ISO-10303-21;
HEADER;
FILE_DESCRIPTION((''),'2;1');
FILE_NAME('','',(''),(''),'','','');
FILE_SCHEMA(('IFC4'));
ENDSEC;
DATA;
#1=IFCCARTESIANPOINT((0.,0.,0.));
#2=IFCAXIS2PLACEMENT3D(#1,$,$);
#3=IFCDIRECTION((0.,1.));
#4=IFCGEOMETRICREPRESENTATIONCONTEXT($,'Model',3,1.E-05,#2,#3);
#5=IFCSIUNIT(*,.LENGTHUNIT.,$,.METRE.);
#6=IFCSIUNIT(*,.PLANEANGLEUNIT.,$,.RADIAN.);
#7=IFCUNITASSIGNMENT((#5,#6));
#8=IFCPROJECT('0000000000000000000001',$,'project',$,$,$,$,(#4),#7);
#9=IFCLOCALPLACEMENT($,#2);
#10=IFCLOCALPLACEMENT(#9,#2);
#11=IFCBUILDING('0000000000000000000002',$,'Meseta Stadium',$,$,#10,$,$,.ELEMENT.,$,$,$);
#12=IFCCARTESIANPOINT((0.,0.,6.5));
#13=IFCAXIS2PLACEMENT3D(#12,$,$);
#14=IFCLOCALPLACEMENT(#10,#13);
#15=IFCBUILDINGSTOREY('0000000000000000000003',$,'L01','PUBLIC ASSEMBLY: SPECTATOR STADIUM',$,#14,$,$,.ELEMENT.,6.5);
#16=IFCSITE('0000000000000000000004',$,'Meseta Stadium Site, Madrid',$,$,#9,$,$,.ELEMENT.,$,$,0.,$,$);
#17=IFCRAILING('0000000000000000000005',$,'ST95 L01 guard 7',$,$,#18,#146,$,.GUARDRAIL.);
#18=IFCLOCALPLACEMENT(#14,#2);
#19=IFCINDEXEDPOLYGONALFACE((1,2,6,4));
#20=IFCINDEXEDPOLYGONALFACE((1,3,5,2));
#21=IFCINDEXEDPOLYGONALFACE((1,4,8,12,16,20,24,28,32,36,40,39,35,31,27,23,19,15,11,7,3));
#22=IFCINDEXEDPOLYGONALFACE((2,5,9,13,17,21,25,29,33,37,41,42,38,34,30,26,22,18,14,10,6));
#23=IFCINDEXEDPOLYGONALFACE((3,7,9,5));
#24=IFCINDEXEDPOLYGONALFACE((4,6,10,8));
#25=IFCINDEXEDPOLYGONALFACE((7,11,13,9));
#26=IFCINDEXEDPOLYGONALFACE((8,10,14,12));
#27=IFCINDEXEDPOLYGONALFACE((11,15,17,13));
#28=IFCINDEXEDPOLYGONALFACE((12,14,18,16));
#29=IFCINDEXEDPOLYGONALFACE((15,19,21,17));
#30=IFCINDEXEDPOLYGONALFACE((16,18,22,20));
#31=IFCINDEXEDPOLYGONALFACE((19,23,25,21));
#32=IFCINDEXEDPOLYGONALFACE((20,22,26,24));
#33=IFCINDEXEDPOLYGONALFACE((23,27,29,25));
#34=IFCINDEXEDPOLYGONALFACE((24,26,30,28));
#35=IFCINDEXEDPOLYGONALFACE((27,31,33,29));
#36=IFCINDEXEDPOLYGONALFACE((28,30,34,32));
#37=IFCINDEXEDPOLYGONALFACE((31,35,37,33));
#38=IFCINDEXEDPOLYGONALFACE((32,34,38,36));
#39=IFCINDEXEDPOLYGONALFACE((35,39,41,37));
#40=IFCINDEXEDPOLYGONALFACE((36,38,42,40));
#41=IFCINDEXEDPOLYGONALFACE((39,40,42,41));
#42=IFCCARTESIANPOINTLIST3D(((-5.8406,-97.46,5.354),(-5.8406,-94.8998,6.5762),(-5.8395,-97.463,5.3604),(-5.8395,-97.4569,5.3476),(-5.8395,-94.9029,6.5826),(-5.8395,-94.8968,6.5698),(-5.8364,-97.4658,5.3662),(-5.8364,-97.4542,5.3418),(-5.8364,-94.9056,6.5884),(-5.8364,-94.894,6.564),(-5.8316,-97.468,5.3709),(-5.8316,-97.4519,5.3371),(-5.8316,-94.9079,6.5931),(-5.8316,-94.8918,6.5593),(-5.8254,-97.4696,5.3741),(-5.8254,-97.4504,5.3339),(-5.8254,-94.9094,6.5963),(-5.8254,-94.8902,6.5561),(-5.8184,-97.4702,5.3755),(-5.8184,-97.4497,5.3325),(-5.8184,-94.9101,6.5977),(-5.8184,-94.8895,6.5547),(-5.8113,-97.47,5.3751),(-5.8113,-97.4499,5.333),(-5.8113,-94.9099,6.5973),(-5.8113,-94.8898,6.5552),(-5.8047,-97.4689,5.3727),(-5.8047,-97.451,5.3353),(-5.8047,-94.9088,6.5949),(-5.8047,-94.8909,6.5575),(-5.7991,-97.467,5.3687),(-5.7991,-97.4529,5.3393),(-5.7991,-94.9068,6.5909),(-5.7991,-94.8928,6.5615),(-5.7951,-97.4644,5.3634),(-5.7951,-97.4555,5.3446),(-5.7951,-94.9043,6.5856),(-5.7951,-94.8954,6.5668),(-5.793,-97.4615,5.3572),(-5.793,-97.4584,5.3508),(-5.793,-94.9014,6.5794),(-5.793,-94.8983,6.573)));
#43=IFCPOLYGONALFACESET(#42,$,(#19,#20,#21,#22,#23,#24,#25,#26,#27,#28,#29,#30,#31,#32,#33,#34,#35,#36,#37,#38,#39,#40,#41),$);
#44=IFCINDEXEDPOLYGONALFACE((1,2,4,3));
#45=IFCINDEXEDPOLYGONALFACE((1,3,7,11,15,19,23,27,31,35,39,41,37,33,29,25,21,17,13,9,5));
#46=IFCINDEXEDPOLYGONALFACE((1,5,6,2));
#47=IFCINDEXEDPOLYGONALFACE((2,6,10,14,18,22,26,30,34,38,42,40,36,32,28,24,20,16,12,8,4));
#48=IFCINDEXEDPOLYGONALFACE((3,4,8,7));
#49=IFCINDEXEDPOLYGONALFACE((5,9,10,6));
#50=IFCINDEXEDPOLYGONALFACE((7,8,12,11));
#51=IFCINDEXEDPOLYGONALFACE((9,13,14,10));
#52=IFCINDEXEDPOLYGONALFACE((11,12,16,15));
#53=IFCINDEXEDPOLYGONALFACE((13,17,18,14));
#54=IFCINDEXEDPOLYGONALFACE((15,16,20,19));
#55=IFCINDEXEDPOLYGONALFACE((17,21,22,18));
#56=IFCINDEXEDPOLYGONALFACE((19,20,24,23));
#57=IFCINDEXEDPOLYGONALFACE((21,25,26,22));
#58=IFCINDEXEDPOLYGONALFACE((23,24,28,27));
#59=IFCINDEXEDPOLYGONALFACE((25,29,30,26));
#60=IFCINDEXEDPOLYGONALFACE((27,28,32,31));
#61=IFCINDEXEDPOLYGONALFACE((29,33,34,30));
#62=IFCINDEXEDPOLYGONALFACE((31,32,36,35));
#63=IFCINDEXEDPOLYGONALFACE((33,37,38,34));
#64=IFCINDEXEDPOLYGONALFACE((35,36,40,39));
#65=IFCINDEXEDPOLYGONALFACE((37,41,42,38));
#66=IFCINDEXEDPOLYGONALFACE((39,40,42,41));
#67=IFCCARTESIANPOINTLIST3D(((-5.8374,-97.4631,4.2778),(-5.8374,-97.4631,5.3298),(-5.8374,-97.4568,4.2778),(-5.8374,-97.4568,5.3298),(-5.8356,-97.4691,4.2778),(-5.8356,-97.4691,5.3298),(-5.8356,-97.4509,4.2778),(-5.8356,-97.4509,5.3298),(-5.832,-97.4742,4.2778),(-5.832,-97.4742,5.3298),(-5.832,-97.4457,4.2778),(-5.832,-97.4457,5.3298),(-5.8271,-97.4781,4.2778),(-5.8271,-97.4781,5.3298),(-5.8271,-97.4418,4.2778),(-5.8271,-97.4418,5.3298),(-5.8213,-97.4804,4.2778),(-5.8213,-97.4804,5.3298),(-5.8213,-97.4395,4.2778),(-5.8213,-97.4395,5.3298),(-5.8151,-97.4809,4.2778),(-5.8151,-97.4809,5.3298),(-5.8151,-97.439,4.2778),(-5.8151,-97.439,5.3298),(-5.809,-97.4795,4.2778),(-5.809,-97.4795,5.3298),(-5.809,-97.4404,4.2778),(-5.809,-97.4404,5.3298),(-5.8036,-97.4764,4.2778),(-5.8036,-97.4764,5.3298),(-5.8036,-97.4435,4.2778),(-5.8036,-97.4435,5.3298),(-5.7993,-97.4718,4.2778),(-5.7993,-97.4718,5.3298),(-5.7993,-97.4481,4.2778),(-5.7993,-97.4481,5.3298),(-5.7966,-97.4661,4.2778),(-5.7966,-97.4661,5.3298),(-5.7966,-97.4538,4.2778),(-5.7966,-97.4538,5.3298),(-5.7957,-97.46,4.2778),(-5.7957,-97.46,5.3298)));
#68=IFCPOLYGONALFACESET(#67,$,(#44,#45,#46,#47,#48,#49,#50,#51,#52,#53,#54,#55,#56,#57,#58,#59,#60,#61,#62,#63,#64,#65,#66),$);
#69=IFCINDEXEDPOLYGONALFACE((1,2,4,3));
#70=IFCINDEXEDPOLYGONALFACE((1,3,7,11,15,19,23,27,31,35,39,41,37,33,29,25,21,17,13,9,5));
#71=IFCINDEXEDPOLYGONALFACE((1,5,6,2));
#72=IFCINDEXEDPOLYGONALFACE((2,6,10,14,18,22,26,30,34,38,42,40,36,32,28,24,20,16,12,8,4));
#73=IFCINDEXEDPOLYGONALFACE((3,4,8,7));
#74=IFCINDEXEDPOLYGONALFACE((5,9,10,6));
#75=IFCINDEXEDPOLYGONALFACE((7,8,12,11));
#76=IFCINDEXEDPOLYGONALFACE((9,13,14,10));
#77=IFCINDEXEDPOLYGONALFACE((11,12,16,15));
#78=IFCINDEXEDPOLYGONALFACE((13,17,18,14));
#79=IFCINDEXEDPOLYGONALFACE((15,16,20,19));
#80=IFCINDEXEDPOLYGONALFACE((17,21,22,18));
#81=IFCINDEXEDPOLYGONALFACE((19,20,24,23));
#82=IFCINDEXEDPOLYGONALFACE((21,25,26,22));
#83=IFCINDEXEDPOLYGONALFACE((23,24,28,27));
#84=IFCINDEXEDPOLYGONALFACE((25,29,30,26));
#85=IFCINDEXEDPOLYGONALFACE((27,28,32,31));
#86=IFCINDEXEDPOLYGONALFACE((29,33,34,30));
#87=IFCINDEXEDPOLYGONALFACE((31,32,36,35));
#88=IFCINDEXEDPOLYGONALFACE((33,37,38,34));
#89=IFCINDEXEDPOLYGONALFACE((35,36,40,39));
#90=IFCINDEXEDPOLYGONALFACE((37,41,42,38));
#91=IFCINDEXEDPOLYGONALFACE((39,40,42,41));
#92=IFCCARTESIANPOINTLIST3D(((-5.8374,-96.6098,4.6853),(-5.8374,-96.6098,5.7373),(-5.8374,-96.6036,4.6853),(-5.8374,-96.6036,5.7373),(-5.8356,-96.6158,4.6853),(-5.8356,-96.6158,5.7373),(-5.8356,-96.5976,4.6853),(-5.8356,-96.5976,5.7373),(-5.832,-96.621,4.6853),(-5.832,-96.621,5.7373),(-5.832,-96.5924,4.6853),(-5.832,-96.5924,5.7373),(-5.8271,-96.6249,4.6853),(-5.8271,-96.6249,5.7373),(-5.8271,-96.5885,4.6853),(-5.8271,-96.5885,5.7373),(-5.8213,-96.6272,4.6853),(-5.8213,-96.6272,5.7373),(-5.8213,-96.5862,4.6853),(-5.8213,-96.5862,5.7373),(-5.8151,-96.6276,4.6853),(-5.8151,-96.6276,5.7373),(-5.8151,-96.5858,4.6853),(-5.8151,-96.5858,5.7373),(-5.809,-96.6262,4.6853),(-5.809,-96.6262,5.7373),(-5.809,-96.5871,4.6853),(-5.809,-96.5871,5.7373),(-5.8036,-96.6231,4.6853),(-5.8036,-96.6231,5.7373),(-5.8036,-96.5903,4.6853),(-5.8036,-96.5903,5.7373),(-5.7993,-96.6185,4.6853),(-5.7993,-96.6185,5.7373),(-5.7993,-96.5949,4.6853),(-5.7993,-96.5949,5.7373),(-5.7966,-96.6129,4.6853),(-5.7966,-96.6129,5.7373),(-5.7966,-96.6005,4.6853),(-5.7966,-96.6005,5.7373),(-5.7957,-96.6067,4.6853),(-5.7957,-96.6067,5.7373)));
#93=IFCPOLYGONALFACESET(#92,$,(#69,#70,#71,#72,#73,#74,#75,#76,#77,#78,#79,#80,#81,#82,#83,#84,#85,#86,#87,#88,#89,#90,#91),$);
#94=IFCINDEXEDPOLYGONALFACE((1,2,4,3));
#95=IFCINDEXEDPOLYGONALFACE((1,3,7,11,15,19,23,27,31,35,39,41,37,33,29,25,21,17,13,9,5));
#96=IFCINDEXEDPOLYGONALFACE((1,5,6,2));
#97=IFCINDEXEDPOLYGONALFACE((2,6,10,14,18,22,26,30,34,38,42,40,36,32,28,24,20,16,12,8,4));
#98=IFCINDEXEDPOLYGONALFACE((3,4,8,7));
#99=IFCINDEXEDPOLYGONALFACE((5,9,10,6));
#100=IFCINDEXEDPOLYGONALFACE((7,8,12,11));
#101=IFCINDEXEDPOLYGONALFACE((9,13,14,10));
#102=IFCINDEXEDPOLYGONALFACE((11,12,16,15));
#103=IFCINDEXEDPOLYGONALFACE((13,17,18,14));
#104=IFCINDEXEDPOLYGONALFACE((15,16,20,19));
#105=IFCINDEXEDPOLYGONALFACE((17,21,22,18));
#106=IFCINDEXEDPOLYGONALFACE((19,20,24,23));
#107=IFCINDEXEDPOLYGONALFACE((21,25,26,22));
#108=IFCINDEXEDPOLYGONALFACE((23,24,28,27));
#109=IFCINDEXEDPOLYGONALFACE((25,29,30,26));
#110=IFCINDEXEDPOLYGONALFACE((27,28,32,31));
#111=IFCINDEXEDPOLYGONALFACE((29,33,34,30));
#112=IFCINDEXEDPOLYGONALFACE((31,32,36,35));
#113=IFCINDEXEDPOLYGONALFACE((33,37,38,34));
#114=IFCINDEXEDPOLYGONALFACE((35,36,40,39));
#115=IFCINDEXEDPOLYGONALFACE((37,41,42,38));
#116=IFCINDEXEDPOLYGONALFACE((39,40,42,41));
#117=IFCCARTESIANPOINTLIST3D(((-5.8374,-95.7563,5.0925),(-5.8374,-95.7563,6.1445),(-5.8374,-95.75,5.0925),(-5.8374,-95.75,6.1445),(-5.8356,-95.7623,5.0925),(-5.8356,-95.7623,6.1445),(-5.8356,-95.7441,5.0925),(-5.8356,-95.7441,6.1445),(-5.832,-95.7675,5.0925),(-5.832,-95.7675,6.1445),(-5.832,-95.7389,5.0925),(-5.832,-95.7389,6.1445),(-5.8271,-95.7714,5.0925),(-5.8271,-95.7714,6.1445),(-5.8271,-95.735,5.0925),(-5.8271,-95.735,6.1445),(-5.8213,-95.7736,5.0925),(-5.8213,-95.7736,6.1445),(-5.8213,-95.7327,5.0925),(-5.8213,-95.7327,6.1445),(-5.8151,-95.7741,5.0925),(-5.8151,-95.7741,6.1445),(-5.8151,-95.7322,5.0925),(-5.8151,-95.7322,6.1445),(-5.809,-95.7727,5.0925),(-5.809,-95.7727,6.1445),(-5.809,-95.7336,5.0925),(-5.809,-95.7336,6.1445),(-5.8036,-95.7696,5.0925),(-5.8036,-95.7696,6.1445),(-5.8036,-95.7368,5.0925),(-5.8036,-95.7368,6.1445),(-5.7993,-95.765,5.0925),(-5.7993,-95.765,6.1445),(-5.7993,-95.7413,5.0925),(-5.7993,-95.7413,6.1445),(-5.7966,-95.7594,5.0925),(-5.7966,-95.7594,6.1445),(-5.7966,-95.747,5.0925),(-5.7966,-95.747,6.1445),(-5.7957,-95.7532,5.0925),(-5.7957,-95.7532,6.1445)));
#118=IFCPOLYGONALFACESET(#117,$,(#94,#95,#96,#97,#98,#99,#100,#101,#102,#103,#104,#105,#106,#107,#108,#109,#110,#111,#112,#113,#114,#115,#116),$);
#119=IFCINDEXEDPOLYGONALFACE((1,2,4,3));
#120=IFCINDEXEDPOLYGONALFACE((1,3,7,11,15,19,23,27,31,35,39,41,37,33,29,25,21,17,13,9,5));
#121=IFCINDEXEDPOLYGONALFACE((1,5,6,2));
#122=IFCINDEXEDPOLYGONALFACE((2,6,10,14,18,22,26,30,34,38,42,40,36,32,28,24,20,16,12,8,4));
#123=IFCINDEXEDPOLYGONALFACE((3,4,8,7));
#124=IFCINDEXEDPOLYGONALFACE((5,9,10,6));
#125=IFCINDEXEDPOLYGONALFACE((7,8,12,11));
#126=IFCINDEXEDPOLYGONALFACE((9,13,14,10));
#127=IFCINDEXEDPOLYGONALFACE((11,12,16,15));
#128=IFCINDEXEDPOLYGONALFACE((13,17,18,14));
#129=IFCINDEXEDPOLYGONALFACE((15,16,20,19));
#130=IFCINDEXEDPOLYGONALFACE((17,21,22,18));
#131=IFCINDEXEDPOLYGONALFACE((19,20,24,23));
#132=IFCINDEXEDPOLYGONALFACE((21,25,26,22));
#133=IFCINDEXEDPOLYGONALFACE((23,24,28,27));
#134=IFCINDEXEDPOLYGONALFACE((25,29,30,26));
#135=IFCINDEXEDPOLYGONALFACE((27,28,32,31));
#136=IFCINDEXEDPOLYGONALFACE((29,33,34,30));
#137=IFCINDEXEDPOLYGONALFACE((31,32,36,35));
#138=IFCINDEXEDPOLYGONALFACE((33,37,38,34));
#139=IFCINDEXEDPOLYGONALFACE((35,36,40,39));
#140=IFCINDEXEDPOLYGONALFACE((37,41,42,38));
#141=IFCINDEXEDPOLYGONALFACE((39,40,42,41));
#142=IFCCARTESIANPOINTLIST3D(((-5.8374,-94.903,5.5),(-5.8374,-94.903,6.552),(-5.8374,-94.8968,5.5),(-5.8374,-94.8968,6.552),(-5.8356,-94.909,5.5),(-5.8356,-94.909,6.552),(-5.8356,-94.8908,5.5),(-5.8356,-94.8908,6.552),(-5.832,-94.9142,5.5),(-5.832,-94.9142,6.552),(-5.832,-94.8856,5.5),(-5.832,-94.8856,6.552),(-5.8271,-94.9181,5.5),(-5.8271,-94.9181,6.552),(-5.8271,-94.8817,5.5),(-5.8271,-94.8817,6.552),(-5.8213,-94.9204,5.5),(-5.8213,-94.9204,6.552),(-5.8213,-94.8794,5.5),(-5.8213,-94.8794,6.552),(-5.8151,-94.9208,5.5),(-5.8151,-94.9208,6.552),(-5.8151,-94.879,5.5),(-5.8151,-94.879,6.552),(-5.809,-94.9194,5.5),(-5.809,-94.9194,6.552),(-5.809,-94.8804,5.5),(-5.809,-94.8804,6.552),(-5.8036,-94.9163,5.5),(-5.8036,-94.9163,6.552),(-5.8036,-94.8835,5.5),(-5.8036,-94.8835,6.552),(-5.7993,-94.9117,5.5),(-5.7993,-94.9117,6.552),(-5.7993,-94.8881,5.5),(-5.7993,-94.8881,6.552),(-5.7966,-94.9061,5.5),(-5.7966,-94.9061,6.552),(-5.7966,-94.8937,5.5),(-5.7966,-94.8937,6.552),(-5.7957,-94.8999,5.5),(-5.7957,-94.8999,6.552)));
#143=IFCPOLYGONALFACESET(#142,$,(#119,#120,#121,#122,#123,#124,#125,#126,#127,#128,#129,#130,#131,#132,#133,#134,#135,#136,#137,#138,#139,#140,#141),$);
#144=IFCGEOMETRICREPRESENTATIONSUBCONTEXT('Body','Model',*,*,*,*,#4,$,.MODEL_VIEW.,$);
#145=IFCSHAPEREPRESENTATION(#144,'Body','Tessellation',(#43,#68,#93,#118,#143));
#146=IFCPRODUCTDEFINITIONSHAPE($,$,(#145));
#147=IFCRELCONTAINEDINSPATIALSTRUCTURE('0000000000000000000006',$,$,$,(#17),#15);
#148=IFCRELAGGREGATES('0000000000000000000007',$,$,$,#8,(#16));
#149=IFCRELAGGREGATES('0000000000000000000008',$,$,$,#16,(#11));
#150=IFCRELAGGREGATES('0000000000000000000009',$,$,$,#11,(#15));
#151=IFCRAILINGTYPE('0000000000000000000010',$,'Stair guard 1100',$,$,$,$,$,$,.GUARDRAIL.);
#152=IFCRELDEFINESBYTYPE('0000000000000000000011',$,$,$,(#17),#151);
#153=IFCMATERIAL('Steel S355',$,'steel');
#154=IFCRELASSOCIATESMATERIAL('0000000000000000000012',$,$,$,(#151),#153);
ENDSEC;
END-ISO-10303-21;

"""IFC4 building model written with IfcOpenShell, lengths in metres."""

from ifc_helpers import new_model, si_unit, direction, frame, origin, origin_2d, place, context, subcontext, project, spatial, circle, extrude, material, type_object, element, save


model = new_model("IFC4")

# Units and contexts
model_context = context("Model", 3, precision=1e-05, world=origin(), true_north=direction((0.0, 1.0)))
body_context = subcontext(model_context, "Body", "Model", "MODEL_VIEW")
ifc_project = project(units=[si_unit("LENGTHUNIT", "METRE"), si_unit("PLANEANGLEUNIT", "RADIAN")], contexts=[model_context])

# Site, building, storey
site_placement = place(None, origin())
site = spatial("IfcSite", under=ifc_project, at=site_placement, Name="Meseta Stadium Site, Madrid", CompositionType="ELEMENT", RefElevation=0.0)
building_placement = place(site_placement, origin())
building = spatial("IfcBuilding", under=site, at=building_placement, Name="Meseta Stadium", CompositionType="ELEMENT")
storey_placement = place(building_placement, frame((0.0, 0.0, 6.5)))
storey = spatial("IfcBuildingStorey", under=building, at=storey_placement, Name="L01", Description="PUBLIC ASSEMBLY: SPECTATOR STADIUM", CompositionType="ELEMENT", Elevation=6.5)

# Railing
ifc_material_1 = material(Name="Steel S355", Category="steel")
railing_type_1 = type_object("IfcRailingType", Name="Stair guard 1100", PredefinedType="GUARDRAIL", material=ifc_material_1)
railing_1_placement = place(storey_placement, frame((-5.8167, -97.46, 4.2778)))
element("IfcRailing", 1, at=railing_1_placement, inside=storey, type_object=railing_type_1, Name="ST95 L01 guard 7", PredefinedType="GUARDRAIL", context=body_context, shape_type="SweptSolid", body=[
    extrude(circle(Radius=0.0239, at=origin_2d()), frame((0.0, 0.0, 1.0762), z_axis=(0.0, 0.902437, 0.430822), x_axis=(-1.0, 0.0, 0.0)), (0.0, 0.0, 1.0), 2.8369),
    extrude(circle(Radius=0.021, at=origin_2d()), origin(), (0.0, 0.0, 1.0), 1.052),
    extrude(circle(Radius=0.021, at=origin_2d()), frame((0.0, 0.8533, 0.4075)), (0.0, 0.0, 1.0), 1.052),
    extrude(circle(Radius=0.021, at=origin_2d()), frame((0.0, 1.7068, 0.8147)), (0.0, 0.0, 1.0), 1.052),
    extrude(circle(Radius=0.021, at=origin_2d()), frame((0.0, 2.5601, 1.2222)), (0.0, 0.0, 1.0), 1.052),
])

save(model, "model.ifc")
